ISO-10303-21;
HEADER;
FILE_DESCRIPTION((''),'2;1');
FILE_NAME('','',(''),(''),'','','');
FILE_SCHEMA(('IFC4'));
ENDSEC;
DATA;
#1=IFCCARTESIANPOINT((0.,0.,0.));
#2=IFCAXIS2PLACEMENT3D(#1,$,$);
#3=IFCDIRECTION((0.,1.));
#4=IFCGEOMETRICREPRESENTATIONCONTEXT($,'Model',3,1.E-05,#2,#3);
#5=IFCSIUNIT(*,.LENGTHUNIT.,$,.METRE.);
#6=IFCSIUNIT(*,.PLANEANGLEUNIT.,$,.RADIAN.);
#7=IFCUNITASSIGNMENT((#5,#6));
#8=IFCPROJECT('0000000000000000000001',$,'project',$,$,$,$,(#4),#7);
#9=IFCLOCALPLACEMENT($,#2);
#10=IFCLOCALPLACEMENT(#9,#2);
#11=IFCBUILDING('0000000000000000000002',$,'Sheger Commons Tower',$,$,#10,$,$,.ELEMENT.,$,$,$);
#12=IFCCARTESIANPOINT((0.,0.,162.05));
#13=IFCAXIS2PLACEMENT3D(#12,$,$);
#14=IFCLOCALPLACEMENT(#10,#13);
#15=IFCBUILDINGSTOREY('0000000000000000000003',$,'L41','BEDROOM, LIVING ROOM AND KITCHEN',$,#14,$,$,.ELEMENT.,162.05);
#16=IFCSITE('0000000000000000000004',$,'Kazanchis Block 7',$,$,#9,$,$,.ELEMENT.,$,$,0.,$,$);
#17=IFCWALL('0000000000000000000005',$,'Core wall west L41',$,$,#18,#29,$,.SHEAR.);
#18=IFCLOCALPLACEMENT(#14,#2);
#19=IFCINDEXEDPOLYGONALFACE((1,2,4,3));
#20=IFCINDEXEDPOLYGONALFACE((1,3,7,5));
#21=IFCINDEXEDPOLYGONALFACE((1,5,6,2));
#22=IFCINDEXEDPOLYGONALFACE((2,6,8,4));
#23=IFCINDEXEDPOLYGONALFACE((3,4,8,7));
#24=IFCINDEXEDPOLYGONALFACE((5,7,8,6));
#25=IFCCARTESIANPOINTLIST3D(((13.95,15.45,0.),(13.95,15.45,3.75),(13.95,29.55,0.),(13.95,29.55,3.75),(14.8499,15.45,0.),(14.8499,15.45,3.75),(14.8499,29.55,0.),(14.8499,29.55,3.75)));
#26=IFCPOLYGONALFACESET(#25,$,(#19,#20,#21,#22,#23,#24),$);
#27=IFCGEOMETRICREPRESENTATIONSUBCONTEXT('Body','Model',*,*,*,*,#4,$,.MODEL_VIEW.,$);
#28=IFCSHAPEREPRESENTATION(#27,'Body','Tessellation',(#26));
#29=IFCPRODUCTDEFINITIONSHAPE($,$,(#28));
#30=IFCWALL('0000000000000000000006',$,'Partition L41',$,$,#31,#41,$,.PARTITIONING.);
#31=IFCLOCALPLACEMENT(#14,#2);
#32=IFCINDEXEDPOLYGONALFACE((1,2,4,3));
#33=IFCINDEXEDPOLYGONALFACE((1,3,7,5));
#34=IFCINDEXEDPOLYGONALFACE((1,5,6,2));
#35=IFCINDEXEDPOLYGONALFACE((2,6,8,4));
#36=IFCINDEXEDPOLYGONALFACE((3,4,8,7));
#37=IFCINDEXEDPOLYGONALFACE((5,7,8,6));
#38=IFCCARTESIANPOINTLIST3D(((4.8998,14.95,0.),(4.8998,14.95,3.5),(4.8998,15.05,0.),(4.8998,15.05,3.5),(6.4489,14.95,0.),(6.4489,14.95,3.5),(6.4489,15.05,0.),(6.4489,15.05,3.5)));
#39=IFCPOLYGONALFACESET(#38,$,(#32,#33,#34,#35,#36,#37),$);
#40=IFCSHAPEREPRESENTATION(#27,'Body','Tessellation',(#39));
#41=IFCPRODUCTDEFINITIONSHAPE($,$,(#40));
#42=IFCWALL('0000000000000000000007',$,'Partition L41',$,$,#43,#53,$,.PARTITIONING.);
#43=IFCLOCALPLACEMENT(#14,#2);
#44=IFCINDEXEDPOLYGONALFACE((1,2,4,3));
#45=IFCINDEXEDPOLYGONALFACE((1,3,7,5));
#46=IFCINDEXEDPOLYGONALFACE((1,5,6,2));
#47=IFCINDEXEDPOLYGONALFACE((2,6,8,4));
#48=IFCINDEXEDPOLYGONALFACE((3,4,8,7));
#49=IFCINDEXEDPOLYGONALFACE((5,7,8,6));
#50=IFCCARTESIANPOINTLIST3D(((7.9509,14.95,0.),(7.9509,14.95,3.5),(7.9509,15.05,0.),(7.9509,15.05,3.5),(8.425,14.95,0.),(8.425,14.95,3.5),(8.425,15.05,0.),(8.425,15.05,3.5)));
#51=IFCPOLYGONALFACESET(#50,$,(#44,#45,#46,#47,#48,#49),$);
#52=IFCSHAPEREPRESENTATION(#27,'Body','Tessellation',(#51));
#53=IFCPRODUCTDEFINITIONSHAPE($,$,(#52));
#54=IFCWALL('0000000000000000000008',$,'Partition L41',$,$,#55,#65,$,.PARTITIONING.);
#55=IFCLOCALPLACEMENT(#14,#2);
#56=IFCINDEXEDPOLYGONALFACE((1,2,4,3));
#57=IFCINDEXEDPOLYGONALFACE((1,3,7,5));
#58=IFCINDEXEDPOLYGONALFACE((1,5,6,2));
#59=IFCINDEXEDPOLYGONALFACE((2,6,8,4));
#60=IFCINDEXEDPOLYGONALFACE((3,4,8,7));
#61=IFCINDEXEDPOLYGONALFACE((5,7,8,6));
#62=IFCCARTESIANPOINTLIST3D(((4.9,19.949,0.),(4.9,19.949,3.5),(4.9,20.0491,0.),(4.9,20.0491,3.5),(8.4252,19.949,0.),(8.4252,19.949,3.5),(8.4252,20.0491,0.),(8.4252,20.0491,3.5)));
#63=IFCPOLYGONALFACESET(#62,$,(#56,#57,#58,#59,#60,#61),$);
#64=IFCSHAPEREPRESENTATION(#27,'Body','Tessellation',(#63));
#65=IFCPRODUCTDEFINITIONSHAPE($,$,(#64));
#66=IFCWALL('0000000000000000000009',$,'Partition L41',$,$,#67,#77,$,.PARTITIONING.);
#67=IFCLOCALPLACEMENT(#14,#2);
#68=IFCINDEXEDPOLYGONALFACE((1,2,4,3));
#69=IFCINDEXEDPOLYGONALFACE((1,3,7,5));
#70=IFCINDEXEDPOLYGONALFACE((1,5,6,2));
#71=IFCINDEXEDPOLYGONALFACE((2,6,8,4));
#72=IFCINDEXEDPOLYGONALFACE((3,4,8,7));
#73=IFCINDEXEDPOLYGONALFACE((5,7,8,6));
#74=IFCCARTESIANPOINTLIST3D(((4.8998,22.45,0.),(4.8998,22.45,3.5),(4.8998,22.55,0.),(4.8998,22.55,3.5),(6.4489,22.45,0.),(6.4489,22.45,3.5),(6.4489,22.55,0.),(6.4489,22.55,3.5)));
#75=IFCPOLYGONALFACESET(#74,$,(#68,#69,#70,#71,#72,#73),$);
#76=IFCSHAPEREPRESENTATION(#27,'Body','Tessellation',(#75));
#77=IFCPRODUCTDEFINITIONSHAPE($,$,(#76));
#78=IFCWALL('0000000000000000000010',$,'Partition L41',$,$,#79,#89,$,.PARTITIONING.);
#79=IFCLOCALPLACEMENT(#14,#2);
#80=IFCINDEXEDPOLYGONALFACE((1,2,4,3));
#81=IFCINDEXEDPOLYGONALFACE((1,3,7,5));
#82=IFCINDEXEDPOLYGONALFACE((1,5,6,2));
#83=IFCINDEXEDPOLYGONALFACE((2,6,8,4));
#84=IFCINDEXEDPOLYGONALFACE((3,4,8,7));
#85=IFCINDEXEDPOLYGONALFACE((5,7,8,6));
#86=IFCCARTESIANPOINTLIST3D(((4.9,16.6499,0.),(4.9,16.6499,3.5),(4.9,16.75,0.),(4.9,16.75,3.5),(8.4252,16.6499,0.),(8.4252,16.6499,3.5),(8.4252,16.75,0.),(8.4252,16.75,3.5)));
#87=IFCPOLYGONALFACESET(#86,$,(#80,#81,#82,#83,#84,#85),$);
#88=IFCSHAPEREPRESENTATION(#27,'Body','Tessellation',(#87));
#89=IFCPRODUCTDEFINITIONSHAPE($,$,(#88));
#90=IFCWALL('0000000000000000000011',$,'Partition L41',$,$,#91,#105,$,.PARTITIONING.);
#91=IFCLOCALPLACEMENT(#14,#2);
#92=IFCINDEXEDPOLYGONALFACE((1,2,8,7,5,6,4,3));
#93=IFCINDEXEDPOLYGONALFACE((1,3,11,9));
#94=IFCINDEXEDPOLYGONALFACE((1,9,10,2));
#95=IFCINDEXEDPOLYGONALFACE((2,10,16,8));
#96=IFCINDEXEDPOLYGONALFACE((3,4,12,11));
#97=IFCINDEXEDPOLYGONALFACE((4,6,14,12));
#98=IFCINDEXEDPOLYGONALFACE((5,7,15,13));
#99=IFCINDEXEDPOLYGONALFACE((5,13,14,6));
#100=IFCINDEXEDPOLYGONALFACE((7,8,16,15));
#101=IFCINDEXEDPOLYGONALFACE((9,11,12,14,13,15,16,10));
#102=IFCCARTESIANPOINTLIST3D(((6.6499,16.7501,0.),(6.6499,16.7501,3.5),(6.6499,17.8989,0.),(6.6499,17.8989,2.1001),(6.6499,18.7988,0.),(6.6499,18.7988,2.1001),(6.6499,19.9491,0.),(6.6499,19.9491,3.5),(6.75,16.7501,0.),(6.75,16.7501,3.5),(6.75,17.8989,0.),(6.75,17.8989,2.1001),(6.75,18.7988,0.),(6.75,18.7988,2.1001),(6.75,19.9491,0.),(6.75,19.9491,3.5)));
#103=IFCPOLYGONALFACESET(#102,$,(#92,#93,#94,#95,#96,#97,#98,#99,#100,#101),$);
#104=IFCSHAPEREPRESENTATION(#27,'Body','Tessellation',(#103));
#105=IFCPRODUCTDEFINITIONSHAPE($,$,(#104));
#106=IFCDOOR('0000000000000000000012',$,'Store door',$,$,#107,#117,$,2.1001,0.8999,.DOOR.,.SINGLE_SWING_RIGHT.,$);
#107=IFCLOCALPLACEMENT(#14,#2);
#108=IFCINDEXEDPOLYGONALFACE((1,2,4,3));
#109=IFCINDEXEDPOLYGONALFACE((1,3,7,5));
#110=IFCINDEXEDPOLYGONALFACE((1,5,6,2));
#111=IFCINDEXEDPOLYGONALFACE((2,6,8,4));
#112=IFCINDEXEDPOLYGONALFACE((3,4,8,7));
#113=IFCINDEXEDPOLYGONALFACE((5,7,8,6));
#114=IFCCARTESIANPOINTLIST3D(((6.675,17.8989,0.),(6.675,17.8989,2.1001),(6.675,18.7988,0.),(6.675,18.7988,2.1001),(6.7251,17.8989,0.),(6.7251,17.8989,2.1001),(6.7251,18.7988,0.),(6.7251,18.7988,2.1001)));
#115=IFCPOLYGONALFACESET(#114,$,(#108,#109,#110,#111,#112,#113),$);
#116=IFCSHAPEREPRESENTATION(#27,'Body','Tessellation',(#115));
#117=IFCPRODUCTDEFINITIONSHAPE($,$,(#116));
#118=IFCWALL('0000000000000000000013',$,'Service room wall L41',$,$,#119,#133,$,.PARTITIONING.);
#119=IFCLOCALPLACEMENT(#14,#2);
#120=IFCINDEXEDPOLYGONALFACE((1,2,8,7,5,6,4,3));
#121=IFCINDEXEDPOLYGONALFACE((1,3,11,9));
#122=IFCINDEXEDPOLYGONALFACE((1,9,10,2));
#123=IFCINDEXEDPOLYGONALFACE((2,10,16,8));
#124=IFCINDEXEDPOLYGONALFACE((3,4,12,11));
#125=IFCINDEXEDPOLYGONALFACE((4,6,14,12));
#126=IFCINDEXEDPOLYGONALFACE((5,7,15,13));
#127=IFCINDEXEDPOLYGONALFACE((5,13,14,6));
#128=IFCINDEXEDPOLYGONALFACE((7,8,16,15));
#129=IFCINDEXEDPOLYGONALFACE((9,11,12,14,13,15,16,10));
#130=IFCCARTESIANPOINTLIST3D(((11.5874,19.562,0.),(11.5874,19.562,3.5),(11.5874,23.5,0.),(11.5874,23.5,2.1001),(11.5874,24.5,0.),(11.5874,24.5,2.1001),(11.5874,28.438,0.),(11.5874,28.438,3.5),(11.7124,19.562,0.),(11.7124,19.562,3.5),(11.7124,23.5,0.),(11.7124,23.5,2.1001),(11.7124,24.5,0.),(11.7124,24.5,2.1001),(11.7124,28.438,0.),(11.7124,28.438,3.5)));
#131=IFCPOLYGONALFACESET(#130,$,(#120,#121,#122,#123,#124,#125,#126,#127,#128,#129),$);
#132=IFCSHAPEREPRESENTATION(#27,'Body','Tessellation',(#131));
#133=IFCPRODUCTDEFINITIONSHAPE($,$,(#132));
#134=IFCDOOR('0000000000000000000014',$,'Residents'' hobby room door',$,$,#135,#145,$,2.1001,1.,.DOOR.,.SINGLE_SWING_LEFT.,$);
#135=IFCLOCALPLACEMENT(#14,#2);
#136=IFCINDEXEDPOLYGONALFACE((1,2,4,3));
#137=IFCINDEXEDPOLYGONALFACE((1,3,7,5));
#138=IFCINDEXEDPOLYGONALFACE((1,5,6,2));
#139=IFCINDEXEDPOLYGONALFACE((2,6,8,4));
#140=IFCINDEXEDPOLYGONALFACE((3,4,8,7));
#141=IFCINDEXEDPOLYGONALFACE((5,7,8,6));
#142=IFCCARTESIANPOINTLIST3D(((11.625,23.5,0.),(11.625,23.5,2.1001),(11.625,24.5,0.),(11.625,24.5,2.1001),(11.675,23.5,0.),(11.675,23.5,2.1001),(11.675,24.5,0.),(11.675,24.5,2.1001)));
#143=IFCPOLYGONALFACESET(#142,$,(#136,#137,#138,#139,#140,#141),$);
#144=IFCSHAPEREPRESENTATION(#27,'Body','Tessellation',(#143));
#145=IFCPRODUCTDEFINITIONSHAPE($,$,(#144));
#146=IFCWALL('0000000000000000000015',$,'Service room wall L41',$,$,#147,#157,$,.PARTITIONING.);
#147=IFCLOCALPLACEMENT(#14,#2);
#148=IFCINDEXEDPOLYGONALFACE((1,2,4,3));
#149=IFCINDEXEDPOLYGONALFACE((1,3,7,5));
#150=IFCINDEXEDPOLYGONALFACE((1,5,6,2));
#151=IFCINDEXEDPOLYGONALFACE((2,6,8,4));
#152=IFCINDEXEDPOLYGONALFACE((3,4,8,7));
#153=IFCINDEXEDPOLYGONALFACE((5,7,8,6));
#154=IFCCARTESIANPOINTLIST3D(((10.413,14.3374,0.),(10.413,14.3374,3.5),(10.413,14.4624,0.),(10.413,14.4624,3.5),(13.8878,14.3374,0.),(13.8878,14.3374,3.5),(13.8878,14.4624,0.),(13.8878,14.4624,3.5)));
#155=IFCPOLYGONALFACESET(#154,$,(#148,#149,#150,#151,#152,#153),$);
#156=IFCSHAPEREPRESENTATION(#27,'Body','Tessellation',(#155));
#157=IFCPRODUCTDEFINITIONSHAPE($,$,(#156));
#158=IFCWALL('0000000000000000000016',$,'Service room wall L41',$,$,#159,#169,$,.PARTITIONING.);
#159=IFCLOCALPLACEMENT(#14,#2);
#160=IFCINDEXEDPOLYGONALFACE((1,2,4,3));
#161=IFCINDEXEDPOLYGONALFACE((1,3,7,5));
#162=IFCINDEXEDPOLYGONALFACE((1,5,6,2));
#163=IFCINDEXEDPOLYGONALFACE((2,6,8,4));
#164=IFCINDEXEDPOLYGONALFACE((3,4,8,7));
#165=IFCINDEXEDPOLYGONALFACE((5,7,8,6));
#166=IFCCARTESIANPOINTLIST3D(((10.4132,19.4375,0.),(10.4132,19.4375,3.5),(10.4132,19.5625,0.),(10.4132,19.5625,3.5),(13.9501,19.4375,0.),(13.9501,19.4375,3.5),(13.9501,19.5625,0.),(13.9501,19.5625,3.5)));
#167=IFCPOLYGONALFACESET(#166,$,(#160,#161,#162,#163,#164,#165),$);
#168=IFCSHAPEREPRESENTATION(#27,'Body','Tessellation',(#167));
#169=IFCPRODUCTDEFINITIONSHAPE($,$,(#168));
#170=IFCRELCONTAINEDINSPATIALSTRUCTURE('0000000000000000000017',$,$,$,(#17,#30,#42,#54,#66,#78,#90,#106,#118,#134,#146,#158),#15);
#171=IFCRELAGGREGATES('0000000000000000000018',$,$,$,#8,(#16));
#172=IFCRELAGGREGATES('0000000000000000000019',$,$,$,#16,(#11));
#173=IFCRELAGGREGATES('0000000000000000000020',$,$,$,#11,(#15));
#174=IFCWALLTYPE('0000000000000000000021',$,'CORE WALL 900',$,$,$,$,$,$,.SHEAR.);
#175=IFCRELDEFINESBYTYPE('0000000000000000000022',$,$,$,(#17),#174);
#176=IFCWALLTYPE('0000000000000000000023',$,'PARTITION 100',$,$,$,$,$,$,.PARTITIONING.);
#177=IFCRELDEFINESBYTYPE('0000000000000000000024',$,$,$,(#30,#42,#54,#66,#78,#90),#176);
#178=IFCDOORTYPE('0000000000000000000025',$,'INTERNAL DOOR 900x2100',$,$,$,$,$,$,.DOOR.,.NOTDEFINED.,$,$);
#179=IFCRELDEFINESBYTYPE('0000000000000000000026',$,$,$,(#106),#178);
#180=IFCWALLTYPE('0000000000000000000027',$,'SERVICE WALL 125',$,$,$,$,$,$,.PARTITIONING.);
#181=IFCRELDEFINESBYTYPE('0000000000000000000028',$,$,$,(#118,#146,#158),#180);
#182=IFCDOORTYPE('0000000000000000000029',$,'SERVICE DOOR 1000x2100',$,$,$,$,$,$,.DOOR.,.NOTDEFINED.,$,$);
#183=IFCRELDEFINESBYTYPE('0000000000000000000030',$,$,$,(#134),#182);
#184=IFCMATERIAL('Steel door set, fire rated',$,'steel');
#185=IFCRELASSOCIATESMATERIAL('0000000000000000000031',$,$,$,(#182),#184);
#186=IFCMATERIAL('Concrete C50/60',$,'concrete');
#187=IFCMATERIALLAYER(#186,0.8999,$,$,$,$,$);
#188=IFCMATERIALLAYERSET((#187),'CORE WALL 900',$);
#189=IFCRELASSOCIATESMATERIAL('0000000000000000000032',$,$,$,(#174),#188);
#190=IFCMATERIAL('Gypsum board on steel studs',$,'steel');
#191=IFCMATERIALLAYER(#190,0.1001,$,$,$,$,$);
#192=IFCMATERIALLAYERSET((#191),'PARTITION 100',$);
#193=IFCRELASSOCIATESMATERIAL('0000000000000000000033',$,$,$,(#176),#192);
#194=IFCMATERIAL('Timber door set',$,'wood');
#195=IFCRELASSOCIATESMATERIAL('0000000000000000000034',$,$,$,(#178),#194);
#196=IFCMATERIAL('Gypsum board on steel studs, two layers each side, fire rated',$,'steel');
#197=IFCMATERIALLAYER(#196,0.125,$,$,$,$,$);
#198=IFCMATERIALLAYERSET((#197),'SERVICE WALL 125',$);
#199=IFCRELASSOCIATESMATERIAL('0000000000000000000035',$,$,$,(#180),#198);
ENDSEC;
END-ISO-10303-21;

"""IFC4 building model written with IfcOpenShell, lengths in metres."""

from ifc_helpers import new_model, si_unit, direction, frame, frame_2d, origin, place, context, subcontext, project, spatial, rectangle, extrude, material, layer, layer_set, type_object, element, fill, save


model = new_model("IFC4")

# Units and contexts
model_context = context("Model", 3, precision=1e-05, world=origin(), true_north=direction((0.0, 1.0)))
body_context = subcontext(model_context, "Body", "Model", "MODEL_VIEW")
ifc_project = project(units=[si_unit("LENGTHUNIT", "METRE"), si_unit("PLANEANGLEUNIT", "RADIAN")], contexts=[model_context])

# Site, building, storey
site_placement = place(None, origin())
site = spatial("IfcSite", under=ifc_project, at=site_placement, Name="Kazanchis Block 7", CompositionType="ELEMENT", RefElevation=0.0)
building_placement = place(site_placement, origin())
building = spatial("IfcBuilding", under=site, at=building_placement, Name="Sheger Commons Tower", CompositionType="ELEMENT")
storey_placement = place(building_placement, frame((0.0, 0.0, 162.05)))
storey = spatial("IfcBuildingStorey", under=building, at=storey_placement, Name="L41", Description="BEDROOM, LIVING ROOM AND KITCHEN", CompositionType="ELEMENT", Elevation=162.05)

# Shared definitions
ifc_material_1 = material(Name="Steel door set, fire rated", Category="steel")
door_type_1 = type_object("IfcDoorType", Name="SERVICE DOOR 1000x2100", OperationType="NOTDEFINED", PredefinedType="DOOR", material=ifc_material_1)
ifc_material_2 = material(Name="Concrete C50/60", Category="concrete")
ifc_layer_1 = layer(ifc_material_2, 0.8999)
ifc_layer_set_1 = layer_set([ifc_layer_1], Name="CORE WALL 900")
wall_type_1 = type_object("IfcWallType", Name="CORE WALL 900", PredefinedType="SHEAR", material=ifc_layer_set_1)

# Walls
wall_1_placement = place(storey_placement, frame((14.3999, 15.45, 0.0), z_axis=(0.0, 0.0, 1.0), x_axis=(0.0, 1.0, 0.0)))
element("IfcWall", 1, at=wall_1_placement, inside=storey, type_object=wall_type_1, Name="Core wall west L41", PredefinedType="SHEAR", context=body_context, shape_type="SweptSolid", body=[
    extrude(rectangle(XDim=14.1001, YDim=0.8999, at=frame_2d((7.05, 0.0))), origin(), (0.0, 0.0, 1.0), 3.75),
])
ifc_material_3 = material(Name="Gypsum board on steel studs", Category="steel")
ifc_layer_2 = layer(ifc_material_3, 0.1001)
ifc_layer_set_2 = layer_set([ifc_layer_2], Name="PARTITION 100")
wall_type_2 = type_object("IfcWallType", Name="PARTITION 100", PredefinedType="PARTITIONING", material=ifc_layer_set_2)
wall_2_placement = place(storey_placement, frame((4.8999, 15.0, 0.0), z_axis=(0.0, 0.0, 1.0), x_axis=(1.0, 0.0, 0.0)))
element("IfcWall", 2, at=wall_2_placement, inside=storey, type_object=wall_type_2, Name="Partition L41", PredefinedType="PARTITIONING", context=body_context, shape_type="SweptSolid", body=[
    extrude(rectangle(XDim=1.5491, YDim=0.1001, at=frame_2d((0.7744, 0.0))), origin(), (0.0, 0.0, 1.0), 3.5),
])
wall_3_placement = place(storey_placement, frame((7.9509, 15.0, 0.0), z_axis=(0.0, 0.0, 1.0), x_axis=(1.0, 0.0, 0.0)))
element("IfcWall", 3, at=wall_3_placement, inside=storey, type_object=wall_type_2, Name="Partition L41", PredefinedType="PARTITIONING", context=body_context, shape_type="SweptSolid", body=[
    extrude(rectangle(XDim=0.4741, YDim=0.1001, at=frame_2d((0.2371, 0.0))), origin(), (0.0, 0.0, 1.0), 3.5),
])
wall_4_placement = place(storey_placement, frame((4.8999, 19.999, 0.0), z_axis=(0.0, 0.0, 1.0), x_axis=(1.0, 0.0, 0.0)))
element("IfcWall", 4, at=wall_4_placement, inside=storey, type_object=wall_type_2, Name="Partition L41", PredefinedType="PARTITIONING", context=body_context, shape_type="SweptSolid", body=[
    extrude(rectangle(XDim=3.5251, YDim=0.1001, at=frame_2d((1.7627, 0.0))), origin(), (0.0, 0.0, 1.0), 3.5),
])
wall_5_placement = place(storey_placement, frame((4.8999, 22.5, 0.0), z_axis=(0.0, 0.0, 1.0), x_axis=(1.0, 0.0, 0.0)))
element("IfcWall", 5, at=wall_5_placement, inside=storey, type_object=wall_type_2, Name="Partition L41", PredefinedType="PARTITIONING", context=body_context, shape_type="SweptSolid", body=[
    extrude(rectangle(XDim=1.5491, YDim=0.1001, at=frame_2d((0.7744, 0.0))), origin(), (0.0, 0.0, 1.0), 3.5),
])
wall_6_placement = place(storey_placement, frame((4.8999, 16.7, 0.0), z_axis=(0.0, 0.0, 1.0), x_axis=(1.0, 0.0, 0.0)))
element("IfcWall", 6, at=wall_6_placement, inside=storey, type_object=wall_type_2, Name="Partition L41", PredefinedType="PARTITIONING", context=body_context, shape_type="SweptSolid", body=[
    extrude(rectangle(XDim=3.5251, YDim=0.1001, at=frame_2d((1.7627, 0.0))), origin(), (0.0, 0.0, 1.0), 3.5),
])

# Walls, openings, doors
wall_7_placement = place(storey_placement, frame((6.7, 16.75, 0.0), z_axis=(0.0, 0.0, 1.0), x_axis=(0.0, 1.0, 0.0)))
wall_7 = element("IfcWall", 7, at=wall_7_placement, inside=storey, type_object=wall_type_2, Name="Partition L41", PredefinedType="PARTITIONING", context=body_context, shape_type="SweptSolid", body=[
    extrude(rectangle(XDim=3.199, YDim=0.1001, at=frame_2d((1.5996, 0.0))), origin(), (0.0, 0.0, 1.0), 3.5),
])
opening_1_placement = place(wall_7_placement, frame((1.1489, 0.0, 0.0)))
opening_1 = element("IfcOpeningElement", 8, at=opening_1_placement, cuts=wall_7, PredefinedType="OPENING", context=body_context, shape_type="SweptSolid", body=[
    extrude(rectangle(XDim=0.8999, YDim=2.1001, at=frame_2d((0.45, 1.05))), frame((0.0, 0.0601, 0.0), z_axis=(0.0, -1.0, 0.0), x_axis=(1.0, 0.0, 0.0)), (0.0, 0.0, 1.0), 0.1201),
])
ifc_material_4 = material(Name="Timber door set", Category="wood")
door_type_2 = type_object("IfcDoorType", Name="INTERNAL DOOR 900x2100", OperationType="NOTDEFINED", PredefinedType="DOOR", material=ifc_material_4)
door_1_placement = place(opening_1_placement, origin())
door_1 = element("IfcDoor", 9, at=door_1_placement, inside=storey, type_object=door_type_2, Name="Store door", OperationType="SINGLE_SWING_RIGHT", OverallHeight=2.1001, OverallWidth=0.8999, PredefinedType="DOOR", context=body_context, shape_type="SweptSolid", body=[
    extrude(rectangle(XDim=0.8999, YDim=2.1001, at=frame_2d((0.45, 1.05))), frame((0.0, 0.0249, 0.0), z_axis=(0.0, -1.0, 0.0), x_axis=(1.0, 0.0, 0.0)), (0.0, 0.0, 1.0), 0.05),
])
fill(opening_1, door_1)
ifc_material_5 = material(Name="Gypsum board on steel studs, two layers each side, fire rated", Category="steel")
ifc_layer_3 = layer(ifc_material_5, 0.125)
ifc_layer_set_3 = layer_set([ifc_layer_3], Name="SERVICE WALL 125")
wall_type_3 = type_object("IfcWallType", Name="SERVICE WALL 125", PredefinedType="PARTITIONING", material=ifc_layer_set_3)
wall_8_placement = place(storey_placement, frame((11.6499, 19.562, 0.0), z_axis=(0.0, 0.0, 1.0), x_axis=(0.0, 1.0, 0.0)))
wall_8 = element("IfcWall", 10, at=wall_8_placement, inside=storey, type_object=wall_type_3, Name="Service room wall L41", PredefinedType="PARTITIONING", context=body_context, shape_type="SweptSolid", body=[
    extrude(rectangle(XDim=8.876, YDim=0.125, at=frame_2d((4.438, 0.0))), origin(), (0.0, 0.0, 1.0), 3.5),
])
opening_2_placement = place(wall_8_placement, frame((3.938, 0.0, 0.0)))
opening_2 = element("IfcOpeningElement", 11, at=opening_2_placement, cuts=wall_8, PredefinedType="OPENING", context=body_context, shape_type="SweptSolid", body=[
    extrude(rectangle(XDim=1.0, YDim=2.1001, at=frame_2d((0.5, 1.05))), frame((0.0, 0.0725, 0.0), z_axis=(0.0, -1.0, 0.0), x_axis=(1.0, 0.0, 0.0)), (0.0, 0.0, 1.0), 0.145),
])
door_2_placement = place(opening_2_placement, origin())
door_2 = element("IfcDoor", 12, at=door_2_placement, inside=storey, type_object=door_type_1, Name="Residents' hobby room door", OperationType="SINGLE_SWING_LEFT", OverallHeight=2.1001, OverallWidth=1.0, PredefinedType="DOOR", context=body_context, shape_type="SweptSolid", body=[
    extrude(rectangle(XDim=1.0, YDim=2.1001, at=frame_2d((0.5, 1.05))), frame((0.0, 0.0249, 0.0), z_axis=(0.0, -1.0, 0.0), x_axis=(1.0, 0.0, 0.0)), (0.0, 0.0, 1.0), 0.05),
])
fill(opening_2, door_2)

# Walls
wall_9_placement = place(storey_placement, frame((10.4131, 14.3999, 0.0), z_axis=(0.0, 0.0, 1.0), x_axis=(1.0, 0.0, 0.0)))
element("IfcWall", 13, at=wall_9_placement, inside=storey, type_object=wall_type_3, Name="Service room wall L41", PredefinedType="PARTITIONING", context=body_context, shape_type="SweptSolid", body=[
    extrude(rectangle(XDim=3.4749, YDim=0.125, at=frame_2d((1.7373, 0.0))), origin(), (0.0, 0.0, 1.0), 3.5),
])
wall_10_placement = place(storey_placement, frame((10.4131, 19.5, 0.0), z_axis=(0.0, 0.0, 1.0), x_axis=(1.0, 0.0, 0.0)))
element("IfcWall", 14, at=wall_10_placement, inside=storey, type_object=wall_type_3, Name="Service room wall L41", PredefinedType="PARTITIONING", context=body_context, shape_type="SweptSolid", body=[
    extrude(rectangle(XDim=3.5369, YDim=0.125, at=frame_2d((1.7686, 0.0))), origin(), (0.0, 0.0, 1.0), 3.5),
])

save(model, "model.ifc")
